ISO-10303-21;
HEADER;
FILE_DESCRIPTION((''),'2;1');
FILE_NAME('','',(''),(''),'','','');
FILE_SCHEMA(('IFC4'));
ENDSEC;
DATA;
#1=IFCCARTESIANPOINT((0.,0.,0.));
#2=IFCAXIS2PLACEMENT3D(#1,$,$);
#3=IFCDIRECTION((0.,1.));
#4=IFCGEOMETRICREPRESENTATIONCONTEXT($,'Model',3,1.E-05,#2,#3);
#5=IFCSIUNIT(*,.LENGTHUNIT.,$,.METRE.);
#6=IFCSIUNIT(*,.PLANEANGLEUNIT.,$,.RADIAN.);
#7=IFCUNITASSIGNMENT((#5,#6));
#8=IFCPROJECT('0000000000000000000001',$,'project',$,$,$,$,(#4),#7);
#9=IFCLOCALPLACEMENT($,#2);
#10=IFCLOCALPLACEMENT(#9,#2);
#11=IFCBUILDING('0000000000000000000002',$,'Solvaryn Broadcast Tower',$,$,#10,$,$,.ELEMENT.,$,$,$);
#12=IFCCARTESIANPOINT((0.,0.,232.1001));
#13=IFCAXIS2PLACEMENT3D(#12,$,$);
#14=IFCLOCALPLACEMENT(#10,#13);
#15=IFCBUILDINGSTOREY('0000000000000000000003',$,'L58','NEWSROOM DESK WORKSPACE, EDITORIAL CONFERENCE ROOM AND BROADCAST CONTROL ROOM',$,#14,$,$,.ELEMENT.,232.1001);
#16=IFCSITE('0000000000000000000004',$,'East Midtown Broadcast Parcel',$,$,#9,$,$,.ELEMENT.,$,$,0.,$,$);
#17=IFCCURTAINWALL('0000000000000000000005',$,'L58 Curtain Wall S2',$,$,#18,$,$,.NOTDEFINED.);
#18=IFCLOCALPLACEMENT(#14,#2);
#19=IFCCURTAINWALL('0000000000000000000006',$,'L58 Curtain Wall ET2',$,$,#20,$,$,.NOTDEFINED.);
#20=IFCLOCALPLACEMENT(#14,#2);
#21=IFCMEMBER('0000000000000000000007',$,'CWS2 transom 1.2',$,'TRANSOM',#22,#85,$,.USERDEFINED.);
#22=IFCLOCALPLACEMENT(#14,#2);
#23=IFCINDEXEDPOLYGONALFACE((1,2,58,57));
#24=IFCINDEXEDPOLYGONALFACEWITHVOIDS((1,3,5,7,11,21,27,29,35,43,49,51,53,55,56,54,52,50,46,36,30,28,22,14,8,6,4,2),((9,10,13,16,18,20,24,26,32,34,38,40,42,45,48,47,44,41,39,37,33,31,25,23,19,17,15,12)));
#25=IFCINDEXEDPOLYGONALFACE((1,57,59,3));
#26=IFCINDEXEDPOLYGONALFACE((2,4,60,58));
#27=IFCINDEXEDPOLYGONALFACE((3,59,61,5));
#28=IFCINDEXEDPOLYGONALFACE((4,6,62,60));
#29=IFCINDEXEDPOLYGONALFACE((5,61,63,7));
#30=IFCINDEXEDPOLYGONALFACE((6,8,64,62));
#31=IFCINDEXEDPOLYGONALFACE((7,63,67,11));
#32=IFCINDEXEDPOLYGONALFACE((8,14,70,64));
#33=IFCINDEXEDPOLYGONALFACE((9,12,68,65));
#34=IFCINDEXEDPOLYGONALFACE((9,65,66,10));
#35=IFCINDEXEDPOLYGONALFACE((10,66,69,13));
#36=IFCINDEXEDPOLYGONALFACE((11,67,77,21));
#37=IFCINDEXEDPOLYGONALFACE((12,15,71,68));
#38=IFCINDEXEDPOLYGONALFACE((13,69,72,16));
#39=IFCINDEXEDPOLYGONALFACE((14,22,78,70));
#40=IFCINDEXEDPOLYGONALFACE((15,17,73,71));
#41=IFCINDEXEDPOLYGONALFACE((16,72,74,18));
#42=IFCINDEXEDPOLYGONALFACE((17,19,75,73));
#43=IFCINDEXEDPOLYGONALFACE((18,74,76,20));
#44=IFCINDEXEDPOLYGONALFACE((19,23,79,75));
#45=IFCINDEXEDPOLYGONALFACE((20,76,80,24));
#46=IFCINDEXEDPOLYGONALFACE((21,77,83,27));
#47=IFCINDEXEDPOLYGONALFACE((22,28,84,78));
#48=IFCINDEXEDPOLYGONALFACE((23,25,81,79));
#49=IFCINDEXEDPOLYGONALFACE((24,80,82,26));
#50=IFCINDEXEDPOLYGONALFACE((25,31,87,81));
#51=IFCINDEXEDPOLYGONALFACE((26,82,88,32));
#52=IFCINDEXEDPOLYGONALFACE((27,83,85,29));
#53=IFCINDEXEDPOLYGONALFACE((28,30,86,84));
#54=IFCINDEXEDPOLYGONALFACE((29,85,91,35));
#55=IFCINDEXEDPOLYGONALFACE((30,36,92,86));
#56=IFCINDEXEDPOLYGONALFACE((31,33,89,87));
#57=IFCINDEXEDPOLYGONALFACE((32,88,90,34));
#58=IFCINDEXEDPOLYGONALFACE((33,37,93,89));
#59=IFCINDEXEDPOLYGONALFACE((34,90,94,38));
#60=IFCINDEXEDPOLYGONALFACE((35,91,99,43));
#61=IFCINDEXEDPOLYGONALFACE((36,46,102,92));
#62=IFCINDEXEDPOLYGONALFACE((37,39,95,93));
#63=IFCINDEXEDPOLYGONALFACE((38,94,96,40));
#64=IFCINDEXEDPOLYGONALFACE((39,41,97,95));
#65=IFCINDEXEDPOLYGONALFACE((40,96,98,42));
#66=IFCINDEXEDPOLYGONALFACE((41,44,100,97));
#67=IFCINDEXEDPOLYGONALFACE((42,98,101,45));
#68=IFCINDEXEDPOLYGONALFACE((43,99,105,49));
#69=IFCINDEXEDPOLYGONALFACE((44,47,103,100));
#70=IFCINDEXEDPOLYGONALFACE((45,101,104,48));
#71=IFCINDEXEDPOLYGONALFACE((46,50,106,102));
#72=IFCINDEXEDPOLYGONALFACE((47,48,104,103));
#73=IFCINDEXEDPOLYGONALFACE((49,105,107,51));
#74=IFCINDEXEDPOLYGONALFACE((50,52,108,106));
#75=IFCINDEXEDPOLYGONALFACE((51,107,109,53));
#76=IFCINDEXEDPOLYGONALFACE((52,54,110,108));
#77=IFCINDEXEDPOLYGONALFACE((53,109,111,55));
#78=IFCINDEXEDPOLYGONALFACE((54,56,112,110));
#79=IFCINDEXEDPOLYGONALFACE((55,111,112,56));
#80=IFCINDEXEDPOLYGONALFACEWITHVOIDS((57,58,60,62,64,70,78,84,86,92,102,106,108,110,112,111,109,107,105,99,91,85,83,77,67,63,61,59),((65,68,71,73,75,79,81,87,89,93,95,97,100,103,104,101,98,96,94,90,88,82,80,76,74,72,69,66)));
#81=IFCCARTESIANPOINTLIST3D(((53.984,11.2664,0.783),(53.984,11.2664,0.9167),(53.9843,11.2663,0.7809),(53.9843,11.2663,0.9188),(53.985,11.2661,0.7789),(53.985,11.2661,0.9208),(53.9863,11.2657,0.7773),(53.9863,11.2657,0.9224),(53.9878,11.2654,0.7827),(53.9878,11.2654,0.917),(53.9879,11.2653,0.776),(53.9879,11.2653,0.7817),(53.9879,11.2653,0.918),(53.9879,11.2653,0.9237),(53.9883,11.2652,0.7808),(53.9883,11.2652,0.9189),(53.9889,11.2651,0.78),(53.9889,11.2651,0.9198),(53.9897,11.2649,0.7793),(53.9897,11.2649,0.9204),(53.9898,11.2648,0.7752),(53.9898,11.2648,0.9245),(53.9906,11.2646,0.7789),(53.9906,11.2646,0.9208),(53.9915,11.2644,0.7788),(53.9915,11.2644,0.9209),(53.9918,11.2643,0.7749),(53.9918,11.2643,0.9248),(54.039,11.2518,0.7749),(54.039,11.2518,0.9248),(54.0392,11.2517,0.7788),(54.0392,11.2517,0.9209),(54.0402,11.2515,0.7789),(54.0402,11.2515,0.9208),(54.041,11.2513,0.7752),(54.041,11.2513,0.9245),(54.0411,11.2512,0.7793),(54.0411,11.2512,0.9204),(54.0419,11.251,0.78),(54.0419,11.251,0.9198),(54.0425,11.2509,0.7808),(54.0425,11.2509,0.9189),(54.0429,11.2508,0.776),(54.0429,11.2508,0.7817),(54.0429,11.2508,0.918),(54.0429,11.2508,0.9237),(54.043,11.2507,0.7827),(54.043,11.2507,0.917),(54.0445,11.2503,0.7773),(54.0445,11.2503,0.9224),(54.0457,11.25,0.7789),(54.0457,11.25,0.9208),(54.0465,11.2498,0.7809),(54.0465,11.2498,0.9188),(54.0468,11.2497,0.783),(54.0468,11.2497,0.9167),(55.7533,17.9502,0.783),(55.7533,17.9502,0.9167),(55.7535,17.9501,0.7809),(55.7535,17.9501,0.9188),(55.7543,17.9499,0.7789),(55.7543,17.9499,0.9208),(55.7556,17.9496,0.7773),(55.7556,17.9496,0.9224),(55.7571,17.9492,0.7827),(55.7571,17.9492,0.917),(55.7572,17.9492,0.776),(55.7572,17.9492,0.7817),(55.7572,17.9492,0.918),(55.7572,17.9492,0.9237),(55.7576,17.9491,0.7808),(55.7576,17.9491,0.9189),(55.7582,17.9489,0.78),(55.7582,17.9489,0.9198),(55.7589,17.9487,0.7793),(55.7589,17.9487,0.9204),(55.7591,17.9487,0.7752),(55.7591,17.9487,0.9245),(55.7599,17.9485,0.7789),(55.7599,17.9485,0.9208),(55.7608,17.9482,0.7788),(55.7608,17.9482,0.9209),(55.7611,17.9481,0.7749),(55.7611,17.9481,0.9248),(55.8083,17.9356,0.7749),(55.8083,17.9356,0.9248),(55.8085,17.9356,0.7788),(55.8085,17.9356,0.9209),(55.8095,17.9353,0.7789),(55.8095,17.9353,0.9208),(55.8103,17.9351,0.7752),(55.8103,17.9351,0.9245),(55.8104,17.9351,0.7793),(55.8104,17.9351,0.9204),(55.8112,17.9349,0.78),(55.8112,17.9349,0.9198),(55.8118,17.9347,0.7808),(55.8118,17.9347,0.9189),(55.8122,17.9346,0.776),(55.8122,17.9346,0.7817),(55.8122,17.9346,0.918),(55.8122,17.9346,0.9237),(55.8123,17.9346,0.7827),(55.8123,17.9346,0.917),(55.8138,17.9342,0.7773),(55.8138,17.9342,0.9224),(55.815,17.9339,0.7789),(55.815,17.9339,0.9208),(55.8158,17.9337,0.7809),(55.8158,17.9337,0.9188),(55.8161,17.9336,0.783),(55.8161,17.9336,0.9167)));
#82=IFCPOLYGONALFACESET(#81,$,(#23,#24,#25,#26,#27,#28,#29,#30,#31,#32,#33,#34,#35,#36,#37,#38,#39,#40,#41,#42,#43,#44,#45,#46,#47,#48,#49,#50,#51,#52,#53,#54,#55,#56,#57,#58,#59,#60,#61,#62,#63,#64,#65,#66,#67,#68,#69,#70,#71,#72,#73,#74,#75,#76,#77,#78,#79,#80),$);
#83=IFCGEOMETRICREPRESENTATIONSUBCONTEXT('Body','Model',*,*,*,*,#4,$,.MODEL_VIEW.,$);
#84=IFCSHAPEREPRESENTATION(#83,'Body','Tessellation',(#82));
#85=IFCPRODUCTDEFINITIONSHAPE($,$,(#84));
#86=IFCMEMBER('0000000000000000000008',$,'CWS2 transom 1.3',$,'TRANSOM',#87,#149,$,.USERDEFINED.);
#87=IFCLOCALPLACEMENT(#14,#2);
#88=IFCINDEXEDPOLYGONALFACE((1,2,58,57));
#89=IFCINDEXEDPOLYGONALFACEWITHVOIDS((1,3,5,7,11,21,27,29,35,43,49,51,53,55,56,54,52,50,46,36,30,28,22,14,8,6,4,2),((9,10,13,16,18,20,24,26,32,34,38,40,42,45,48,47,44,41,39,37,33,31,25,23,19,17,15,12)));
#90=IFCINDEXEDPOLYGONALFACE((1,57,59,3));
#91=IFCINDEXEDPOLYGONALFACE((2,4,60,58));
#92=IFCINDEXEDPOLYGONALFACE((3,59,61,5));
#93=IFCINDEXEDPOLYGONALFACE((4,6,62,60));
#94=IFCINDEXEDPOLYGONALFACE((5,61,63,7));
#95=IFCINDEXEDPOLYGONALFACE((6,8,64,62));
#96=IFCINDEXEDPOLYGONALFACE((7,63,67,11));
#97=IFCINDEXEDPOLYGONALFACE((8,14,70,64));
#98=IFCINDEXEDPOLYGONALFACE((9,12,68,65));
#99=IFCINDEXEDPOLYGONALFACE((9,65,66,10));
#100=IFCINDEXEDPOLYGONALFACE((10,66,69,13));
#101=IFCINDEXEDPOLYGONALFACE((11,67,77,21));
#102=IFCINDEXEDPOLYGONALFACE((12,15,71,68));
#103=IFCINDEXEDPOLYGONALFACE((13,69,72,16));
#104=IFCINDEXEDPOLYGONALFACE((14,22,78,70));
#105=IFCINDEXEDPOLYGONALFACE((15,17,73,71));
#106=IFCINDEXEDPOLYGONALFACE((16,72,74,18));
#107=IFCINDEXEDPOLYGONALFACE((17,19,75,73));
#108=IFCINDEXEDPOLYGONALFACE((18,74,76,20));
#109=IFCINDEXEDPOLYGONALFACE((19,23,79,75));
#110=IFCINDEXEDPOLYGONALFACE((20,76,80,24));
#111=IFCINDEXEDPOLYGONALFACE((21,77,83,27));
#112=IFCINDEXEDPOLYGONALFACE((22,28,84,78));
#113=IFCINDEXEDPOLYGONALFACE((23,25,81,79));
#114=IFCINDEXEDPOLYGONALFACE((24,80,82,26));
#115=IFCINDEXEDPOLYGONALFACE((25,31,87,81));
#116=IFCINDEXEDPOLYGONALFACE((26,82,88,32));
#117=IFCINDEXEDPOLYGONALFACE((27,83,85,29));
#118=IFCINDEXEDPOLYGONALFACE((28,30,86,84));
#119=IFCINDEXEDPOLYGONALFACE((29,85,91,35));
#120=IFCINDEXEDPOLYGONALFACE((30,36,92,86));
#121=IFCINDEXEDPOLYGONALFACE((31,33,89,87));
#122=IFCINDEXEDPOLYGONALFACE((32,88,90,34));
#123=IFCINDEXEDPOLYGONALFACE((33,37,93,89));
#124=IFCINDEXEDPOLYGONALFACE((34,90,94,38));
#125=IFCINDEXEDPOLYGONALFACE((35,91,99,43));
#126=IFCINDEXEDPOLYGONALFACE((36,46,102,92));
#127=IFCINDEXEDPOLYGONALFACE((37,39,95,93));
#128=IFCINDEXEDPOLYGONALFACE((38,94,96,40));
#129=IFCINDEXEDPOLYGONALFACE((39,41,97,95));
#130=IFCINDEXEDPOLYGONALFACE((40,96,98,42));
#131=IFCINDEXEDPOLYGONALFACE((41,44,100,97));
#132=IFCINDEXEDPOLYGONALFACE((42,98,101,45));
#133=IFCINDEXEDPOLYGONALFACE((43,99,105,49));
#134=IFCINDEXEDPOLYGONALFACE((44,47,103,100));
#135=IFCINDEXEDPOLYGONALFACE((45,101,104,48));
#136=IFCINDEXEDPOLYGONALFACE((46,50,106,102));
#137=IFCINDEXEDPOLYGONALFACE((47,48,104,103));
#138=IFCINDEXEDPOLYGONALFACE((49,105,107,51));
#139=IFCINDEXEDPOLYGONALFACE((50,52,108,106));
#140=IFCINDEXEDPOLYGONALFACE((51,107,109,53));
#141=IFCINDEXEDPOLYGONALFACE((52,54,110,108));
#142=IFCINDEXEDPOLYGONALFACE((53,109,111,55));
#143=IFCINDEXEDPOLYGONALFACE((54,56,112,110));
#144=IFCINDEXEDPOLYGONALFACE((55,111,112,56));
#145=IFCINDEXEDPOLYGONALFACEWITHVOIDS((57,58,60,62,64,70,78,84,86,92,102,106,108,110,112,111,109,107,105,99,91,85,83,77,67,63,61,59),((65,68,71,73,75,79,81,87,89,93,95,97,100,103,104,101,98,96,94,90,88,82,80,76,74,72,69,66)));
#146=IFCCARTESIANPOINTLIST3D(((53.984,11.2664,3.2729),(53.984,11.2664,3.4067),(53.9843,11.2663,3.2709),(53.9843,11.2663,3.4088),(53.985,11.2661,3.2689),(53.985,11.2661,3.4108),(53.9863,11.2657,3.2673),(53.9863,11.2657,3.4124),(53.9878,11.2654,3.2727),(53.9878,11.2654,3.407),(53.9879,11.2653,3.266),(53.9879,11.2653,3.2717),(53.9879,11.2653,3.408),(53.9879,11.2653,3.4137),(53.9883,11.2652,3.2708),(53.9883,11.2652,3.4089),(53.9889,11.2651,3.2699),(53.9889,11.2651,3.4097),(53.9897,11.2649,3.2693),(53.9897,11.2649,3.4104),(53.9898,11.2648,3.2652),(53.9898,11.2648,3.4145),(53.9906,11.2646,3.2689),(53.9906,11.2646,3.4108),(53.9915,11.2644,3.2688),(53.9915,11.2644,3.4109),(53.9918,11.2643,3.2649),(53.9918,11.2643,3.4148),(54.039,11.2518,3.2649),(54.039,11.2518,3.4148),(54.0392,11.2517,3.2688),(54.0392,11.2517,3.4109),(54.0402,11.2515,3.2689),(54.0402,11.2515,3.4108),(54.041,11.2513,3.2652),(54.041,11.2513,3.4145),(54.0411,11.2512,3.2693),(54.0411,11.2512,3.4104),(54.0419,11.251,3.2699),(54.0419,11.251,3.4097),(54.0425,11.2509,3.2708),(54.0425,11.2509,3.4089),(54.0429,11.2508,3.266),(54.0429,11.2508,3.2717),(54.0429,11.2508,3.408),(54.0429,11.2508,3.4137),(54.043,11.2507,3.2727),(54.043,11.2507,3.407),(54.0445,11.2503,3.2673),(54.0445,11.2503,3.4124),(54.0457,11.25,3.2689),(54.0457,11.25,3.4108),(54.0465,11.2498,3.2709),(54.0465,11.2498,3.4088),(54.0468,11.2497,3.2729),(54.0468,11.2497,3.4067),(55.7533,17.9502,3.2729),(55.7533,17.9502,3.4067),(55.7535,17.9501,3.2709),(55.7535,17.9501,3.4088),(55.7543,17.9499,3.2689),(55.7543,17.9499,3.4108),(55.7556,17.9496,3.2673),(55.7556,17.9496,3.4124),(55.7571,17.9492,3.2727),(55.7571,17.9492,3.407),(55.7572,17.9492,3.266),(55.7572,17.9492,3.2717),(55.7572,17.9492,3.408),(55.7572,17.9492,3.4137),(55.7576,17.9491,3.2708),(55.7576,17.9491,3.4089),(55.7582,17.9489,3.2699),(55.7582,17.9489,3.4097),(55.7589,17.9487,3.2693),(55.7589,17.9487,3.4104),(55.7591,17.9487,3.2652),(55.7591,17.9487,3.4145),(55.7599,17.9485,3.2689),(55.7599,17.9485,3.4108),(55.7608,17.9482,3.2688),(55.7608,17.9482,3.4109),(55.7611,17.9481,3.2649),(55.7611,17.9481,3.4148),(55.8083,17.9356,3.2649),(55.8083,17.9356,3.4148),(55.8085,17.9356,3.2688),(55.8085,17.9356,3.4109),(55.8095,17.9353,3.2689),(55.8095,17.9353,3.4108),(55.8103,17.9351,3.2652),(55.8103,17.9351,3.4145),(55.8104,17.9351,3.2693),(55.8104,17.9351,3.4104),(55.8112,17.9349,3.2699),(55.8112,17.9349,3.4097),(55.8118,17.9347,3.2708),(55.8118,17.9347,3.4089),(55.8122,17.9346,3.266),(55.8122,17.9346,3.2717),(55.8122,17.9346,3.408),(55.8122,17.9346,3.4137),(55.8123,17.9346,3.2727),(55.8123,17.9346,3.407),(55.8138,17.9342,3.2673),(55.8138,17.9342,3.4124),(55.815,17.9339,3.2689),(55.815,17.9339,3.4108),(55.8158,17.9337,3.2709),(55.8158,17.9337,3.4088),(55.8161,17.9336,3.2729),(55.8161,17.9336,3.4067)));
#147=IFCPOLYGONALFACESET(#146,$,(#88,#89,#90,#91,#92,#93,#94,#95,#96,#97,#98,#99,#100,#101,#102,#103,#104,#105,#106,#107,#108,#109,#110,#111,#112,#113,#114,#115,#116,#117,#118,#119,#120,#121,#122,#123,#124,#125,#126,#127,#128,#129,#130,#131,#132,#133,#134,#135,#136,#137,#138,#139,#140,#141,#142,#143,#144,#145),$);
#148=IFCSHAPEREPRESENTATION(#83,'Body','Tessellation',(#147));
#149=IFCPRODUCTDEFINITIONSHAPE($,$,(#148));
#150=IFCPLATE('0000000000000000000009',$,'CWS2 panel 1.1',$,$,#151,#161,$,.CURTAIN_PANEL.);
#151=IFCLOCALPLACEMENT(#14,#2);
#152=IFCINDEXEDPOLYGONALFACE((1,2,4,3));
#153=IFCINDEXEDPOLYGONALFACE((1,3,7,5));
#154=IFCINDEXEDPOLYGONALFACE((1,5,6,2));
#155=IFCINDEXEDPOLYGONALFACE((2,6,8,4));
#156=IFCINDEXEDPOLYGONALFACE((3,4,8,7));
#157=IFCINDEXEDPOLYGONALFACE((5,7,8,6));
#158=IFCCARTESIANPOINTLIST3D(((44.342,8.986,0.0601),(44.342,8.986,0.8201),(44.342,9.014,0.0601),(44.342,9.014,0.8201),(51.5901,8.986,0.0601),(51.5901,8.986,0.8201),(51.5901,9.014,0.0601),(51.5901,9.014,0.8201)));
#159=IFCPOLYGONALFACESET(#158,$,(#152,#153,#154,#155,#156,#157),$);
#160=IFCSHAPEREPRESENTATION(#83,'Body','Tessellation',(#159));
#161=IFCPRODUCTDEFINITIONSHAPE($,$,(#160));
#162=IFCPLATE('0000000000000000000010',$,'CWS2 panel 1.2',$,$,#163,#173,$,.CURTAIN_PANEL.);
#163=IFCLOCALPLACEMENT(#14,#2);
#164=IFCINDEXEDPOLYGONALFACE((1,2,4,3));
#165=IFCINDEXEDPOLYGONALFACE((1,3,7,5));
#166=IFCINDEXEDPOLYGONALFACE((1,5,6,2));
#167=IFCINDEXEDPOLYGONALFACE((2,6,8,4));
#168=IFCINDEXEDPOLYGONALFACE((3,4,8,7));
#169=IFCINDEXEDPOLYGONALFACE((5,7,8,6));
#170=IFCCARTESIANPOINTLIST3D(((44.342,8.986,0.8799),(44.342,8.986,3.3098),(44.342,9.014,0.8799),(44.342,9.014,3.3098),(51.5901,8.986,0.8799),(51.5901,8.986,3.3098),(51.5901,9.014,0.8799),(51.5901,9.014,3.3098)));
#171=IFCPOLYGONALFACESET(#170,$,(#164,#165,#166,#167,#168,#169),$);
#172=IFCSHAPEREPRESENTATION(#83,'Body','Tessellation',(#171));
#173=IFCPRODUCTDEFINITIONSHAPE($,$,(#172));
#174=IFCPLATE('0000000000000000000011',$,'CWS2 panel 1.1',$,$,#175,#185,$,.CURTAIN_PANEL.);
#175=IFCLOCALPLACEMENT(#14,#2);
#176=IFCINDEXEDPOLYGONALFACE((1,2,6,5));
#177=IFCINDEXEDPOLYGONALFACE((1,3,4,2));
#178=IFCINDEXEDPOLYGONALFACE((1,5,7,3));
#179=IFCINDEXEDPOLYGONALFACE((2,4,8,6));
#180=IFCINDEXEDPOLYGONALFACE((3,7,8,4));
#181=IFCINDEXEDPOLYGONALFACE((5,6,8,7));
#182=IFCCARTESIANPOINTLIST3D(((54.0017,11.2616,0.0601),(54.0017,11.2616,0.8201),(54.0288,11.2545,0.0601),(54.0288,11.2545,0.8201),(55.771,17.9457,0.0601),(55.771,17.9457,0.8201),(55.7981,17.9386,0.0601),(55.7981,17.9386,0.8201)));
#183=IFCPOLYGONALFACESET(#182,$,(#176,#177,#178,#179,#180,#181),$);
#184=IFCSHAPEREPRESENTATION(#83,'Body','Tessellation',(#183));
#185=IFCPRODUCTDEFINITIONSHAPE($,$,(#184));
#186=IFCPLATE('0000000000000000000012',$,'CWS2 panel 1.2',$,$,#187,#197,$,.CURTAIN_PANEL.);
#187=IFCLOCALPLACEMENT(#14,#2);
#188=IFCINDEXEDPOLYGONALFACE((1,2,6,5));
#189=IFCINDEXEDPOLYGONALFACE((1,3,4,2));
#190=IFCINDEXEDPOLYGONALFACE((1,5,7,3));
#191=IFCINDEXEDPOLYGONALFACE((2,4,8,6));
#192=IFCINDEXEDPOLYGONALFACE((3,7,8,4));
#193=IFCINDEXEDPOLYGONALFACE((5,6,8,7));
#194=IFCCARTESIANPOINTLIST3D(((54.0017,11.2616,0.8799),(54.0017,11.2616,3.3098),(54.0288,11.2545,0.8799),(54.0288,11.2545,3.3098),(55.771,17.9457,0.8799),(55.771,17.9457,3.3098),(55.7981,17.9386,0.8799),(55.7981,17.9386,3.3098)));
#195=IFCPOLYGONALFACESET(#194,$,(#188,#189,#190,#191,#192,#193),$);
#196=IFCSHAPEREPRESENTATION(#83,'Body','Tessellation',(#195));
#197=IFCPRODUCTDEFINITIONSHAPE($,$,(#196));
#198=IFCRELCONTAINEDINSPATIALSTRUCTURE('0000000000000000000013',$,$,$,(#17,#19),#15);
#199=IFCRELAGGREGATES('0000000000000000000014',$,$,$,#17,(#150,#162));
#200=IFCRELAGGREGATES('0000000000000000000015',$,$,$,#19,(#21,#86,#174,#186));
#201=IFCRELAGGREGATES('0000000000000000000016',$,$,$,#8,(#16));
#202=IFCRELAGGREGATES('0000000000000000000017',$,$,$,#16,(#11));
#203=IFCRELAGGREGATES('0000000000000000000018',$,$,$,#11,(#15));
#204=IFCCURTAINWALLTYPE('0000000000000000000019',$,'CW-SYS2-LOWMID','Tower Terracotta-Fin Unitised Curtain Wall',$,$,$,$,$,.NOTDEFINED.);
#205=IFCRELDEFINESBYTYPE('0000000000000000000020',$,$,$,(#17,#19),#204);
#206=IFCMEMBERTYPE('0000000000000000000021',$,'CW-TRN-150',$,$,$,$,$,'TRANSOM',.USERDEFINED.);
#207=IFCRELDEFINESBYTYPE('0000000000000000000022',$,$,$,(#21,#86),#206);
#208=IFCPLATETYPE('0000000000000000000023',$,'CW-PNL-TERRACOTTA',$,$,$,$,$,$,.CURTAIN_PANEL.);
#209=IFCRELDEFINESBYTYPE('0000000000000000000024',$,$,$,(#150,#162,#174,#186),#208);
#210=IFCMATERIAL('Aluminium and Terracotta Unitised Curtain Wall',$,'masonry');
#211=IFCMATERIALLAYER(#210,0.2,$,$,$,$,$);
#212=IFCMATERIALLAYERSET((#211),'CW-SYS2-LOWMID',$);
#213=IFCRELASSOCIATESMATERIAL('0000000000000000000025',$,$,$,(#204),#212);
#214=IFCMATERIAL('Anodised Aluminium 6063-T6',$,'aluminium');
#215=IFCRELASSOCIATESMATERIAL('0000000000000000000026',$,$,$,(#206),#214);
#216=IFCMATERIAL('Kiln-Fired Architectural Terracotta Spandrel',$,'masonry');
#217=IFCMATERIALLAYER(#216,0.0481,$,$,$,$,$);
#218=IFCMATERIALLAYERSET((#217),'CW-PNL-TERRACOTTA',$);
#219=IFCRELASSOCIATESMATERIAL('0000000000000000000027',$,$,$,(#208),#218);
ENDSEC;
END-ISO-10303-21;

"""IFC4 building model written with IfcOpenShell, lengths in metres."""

from ifc_helpers import new_model, si_unit, direction, frame, origin, origin_2d, place, context, subcontext, project, spatial, rectangle, hollow_rectangle, extrude, material, layer, layer_set, material_profile, profile_set, type_object, element, aggregate, save


model = new_model("IFC4")

# Units and contexts
model_context = context("Model", 3, precision=1e-05, world=origin(), true_north=direction((0.0, 1.0)))
body_context = subcontext(model_context, "Body", "Model", "MODEL_VIEW")
ifc_project = project(units=[si_unit("LENGTHUNIT", "METRE"), si_unit("PLANEANGLEUNIT", "RADIAN")], contexts=[model_context])

# Site, building, storey
site_placement = place(None, origin())
site = spatial("IfcSite", under=ifc_project, at=site_placement, Name="East Midtown Broadcast Parcel", CompositionType="ELEMENT", RefElevation=0.0)
building_placement = place(site_placement, origin())
building = spatial("IfcBuilding", under=site, at=building_placement, Name="Solvaryn Broadcast Tower", CompositionType="ELEMENT")
storey_placement = place(building_placement, frame((0.0, 0.0, 232.1001)))
storey = spatial("IfcBuildingStorey", under=building, at=storey_placement, Name="L58", Description="NEWSROOM DESK WORKSPACE, EDITORIAL CONFERENCE ROOM AND BROADCAST CONTROL ROOM", CompositionType="ELEMENT", Elevation=232.1001)

# Curtain wall
ifc_material_1 = material(Name="Aluminium and Terracotta Unitised Curtain Wall", Category="masonry")
ifc_layer_1 = layer(ifc_material_1, 0.2)
ifc_layer_set_1 = layer_set([ifc_layer_1], Name="CW-SYS2-LOWMID")
curtain_wall_type = type_object("IfcCurtainWallType", Name="CW-SYS2-LOWMID", Description="Tower Terracotta-Fin Unitised Curtain Wall", PredefinedType="NOTDEFINED", material=ifc_layer_set_1)
curtain_wall_1_placement = place(storey_placement, origin())
curtain_wall_1 = element("IfcCurtainWall", 1, at=curtain_wall_1_placement, inside=storey, type_object=curtain_wall_type, Name="L58 Curtain Wall S2", PredefinedType="NOTDEFINED")

# Curtain wall, members
curtain_wall_2_placement = place(storey_placement, origin())
curtain_wall_2 = element("IfcCurtainWall", 2, at=curtain_wall_2_placement, inside=storey, type_object=curtain_wall_type, Name="L58 Curtain Wall ET2", PredefinedType="NOTDEFINED")
ifc_material_2 = material(Name="Anodised Aluminium 6063-T6", Category="aluminium")
ifc_material_profile_1 = material_profile(ifc_material_2, hollow_rectangle(XDim=0.0649, YDim=0.1499, WallThickness=0.0039, InnerFilletRadius=0.0039, OuterFilletRadius=0.0081, at=origin_2d()))
ifc_profile_set_1 = profile_set([ifc_material_profile_1], Name="Anodised Aluminium 6063-T6")
member_type_1 = type_object("IfcMemberType", Name="CW-TRN-150", ElementType="TRANSOM", PredefinedType="USERDEFINED", material=ifc_profile_set_1)
member_1_placement = place(storey_placement, frame((55.7847, 17.9419, 0.8499), z_axis=(-0.255897, -0.966704, 0.0), x_axis=(0.966704, -0.255897, 0.0)))
member_1 = element("IfcMember", 3, at=member_1_placement, type_object=member_type_1, Name="CWS2 transom 1.2", ObjectType="TRANSOM", PredefinedType="USERDEFINED", context=body_context, shape_type="SweptSolid", body=[
    extrude(hollow_rectangle(XDim=0.0649, YDim=0.1499, WallThickness=0.0039, InnerFilletRadius=0.0039, OuterFilletRadius=0.0081, at=origin_2d()), origin(), (0.0, 0.0, 1.0), 6.9141),
])
member_2_placement = place(storey_placement, frame((55.7847, 17.9419, 3.3398), z_axis=(-0.255897, -0.966704, 0.0), x_axis=(0.966704, -0.255897, 0.0)))
member_2 = element("IfcMember", 4, at=member_2_placement, type_object=member_type_1, Name="CWS2 transom 1.3", ObjectType="TRANSOM", PredefinedType="USERDEFINED", context=body_context, shape_type="SweptSolid", body=[
    extrude(hollow_rectangle(XDim=0.0649, YDim=0.1499, WallThickness=0.0039, InnerFilletRadius=0.0039, OuterFilletRadius=0.0081, at=origin_2d()), origin(), (0.0, 0.0, 1.0), 6.9141),
])

# Plates
ifc_material_3 = material(Name="Kiln-Fired Architectural Terracotta Spandrel", Category="masonry")
ifc_layer_2 = layer(ifc_material_3, 0.0481)
ifc_layer_set_2 = layer_set([ifc_layer_2], Name="CW-PNL-TERRACOTTA")
plate_type = type_object("IfcPlateType", Name="CW-PNL-TERRACOTTA", PredefinedType="CURTAIN_PANEL", material=ifc_layer_set_2)
plate_1_placement = place(storey_placement, frame((47.9661, 9.0, 0.0601), z_axis=(0.0, 0.0, 1.0), x_axis=(1.0, 0.0, 0.0)))
plate_1 = element("IfcPlate", 5, at=plate_1_placement, type_object=plate_type, Name="CWS2 panel 1.1", PredefinedType="CURTAIN_PANEL", context=body_context, shape_type="SweptSolid", body=[
    extrude(rectangle(XDim=7.248, YDim=0.0281, at=origin_2d()), origin(), (0.0, 0.0, 1.0), 0.76),
])
plate_2_placement = place(storey_placement, frame((47.9661, 9.0, 0.8799), z_axis=(0.0, 0.0, 1.0), x_axis=(1.0, 0.0, 0.0)))
plate_2 = element("IfcPlate", 6, at=plate_2_placement, type_object=plate_type, Name="CWS2 panel 1.2", PredefinedType="CURTAIN_PANEL", context=body_context, shape_type="SweptSolid", body=[
    extrude(rectangle(XDim=7.248, YDim=0.0281, at=origin_2d()), origin(), (0.0, 0.0, 1.0), 2.4299),
])
aggregate(curtain_wall_1, [plate_1, plate_2])
plate_3_placement = place(storey_placement, frame((54.8999, 14.6001, 0.0601), z_axis=(0.0, 0.0, 1.0), x_axis=(-0.255893, -0.966705, 0.0)))
plate_3 = element("IfcPlate", 7, at=plate_3_placement, type_object=plate_type, Name="CWS2 panel 1.1", PredefinedType="CURTAIN_PANEL", context=body_context, shape_type="SweptSolid", body=[
    extrude(rectangle(XDim=6.9143, YDim=0.0281, at=origin_2d()), origin(), (0.0, 0.0, 1.0), 0.76),
])
plate_4_placement = place(storey_placement, frame((54.8999, 14.6001, 0.8799), z_axis=(0.0, 0.0, 1.0), x_axis=(-0.255893, -0.966705, 0.0)))
plate_4 = element("IfcPlate", 8, at=plate_4_placement, type_object=plate_type, Name="CWS2 panel 1.2", PredefinedType="CURTAIN_PANEL", context=body_context, shape_type="SweptSolid", body=[
    extrude(rectangle(XDim=6.9143, YDim=0.0281, at=origin_2d()), origin(), (0.0, 0.0, 1.0), 2.4299),
])
aggregate(curtain_wall_2, [member_1, member_2, plate_3, plate_4])

save(model, "model.ifc")
